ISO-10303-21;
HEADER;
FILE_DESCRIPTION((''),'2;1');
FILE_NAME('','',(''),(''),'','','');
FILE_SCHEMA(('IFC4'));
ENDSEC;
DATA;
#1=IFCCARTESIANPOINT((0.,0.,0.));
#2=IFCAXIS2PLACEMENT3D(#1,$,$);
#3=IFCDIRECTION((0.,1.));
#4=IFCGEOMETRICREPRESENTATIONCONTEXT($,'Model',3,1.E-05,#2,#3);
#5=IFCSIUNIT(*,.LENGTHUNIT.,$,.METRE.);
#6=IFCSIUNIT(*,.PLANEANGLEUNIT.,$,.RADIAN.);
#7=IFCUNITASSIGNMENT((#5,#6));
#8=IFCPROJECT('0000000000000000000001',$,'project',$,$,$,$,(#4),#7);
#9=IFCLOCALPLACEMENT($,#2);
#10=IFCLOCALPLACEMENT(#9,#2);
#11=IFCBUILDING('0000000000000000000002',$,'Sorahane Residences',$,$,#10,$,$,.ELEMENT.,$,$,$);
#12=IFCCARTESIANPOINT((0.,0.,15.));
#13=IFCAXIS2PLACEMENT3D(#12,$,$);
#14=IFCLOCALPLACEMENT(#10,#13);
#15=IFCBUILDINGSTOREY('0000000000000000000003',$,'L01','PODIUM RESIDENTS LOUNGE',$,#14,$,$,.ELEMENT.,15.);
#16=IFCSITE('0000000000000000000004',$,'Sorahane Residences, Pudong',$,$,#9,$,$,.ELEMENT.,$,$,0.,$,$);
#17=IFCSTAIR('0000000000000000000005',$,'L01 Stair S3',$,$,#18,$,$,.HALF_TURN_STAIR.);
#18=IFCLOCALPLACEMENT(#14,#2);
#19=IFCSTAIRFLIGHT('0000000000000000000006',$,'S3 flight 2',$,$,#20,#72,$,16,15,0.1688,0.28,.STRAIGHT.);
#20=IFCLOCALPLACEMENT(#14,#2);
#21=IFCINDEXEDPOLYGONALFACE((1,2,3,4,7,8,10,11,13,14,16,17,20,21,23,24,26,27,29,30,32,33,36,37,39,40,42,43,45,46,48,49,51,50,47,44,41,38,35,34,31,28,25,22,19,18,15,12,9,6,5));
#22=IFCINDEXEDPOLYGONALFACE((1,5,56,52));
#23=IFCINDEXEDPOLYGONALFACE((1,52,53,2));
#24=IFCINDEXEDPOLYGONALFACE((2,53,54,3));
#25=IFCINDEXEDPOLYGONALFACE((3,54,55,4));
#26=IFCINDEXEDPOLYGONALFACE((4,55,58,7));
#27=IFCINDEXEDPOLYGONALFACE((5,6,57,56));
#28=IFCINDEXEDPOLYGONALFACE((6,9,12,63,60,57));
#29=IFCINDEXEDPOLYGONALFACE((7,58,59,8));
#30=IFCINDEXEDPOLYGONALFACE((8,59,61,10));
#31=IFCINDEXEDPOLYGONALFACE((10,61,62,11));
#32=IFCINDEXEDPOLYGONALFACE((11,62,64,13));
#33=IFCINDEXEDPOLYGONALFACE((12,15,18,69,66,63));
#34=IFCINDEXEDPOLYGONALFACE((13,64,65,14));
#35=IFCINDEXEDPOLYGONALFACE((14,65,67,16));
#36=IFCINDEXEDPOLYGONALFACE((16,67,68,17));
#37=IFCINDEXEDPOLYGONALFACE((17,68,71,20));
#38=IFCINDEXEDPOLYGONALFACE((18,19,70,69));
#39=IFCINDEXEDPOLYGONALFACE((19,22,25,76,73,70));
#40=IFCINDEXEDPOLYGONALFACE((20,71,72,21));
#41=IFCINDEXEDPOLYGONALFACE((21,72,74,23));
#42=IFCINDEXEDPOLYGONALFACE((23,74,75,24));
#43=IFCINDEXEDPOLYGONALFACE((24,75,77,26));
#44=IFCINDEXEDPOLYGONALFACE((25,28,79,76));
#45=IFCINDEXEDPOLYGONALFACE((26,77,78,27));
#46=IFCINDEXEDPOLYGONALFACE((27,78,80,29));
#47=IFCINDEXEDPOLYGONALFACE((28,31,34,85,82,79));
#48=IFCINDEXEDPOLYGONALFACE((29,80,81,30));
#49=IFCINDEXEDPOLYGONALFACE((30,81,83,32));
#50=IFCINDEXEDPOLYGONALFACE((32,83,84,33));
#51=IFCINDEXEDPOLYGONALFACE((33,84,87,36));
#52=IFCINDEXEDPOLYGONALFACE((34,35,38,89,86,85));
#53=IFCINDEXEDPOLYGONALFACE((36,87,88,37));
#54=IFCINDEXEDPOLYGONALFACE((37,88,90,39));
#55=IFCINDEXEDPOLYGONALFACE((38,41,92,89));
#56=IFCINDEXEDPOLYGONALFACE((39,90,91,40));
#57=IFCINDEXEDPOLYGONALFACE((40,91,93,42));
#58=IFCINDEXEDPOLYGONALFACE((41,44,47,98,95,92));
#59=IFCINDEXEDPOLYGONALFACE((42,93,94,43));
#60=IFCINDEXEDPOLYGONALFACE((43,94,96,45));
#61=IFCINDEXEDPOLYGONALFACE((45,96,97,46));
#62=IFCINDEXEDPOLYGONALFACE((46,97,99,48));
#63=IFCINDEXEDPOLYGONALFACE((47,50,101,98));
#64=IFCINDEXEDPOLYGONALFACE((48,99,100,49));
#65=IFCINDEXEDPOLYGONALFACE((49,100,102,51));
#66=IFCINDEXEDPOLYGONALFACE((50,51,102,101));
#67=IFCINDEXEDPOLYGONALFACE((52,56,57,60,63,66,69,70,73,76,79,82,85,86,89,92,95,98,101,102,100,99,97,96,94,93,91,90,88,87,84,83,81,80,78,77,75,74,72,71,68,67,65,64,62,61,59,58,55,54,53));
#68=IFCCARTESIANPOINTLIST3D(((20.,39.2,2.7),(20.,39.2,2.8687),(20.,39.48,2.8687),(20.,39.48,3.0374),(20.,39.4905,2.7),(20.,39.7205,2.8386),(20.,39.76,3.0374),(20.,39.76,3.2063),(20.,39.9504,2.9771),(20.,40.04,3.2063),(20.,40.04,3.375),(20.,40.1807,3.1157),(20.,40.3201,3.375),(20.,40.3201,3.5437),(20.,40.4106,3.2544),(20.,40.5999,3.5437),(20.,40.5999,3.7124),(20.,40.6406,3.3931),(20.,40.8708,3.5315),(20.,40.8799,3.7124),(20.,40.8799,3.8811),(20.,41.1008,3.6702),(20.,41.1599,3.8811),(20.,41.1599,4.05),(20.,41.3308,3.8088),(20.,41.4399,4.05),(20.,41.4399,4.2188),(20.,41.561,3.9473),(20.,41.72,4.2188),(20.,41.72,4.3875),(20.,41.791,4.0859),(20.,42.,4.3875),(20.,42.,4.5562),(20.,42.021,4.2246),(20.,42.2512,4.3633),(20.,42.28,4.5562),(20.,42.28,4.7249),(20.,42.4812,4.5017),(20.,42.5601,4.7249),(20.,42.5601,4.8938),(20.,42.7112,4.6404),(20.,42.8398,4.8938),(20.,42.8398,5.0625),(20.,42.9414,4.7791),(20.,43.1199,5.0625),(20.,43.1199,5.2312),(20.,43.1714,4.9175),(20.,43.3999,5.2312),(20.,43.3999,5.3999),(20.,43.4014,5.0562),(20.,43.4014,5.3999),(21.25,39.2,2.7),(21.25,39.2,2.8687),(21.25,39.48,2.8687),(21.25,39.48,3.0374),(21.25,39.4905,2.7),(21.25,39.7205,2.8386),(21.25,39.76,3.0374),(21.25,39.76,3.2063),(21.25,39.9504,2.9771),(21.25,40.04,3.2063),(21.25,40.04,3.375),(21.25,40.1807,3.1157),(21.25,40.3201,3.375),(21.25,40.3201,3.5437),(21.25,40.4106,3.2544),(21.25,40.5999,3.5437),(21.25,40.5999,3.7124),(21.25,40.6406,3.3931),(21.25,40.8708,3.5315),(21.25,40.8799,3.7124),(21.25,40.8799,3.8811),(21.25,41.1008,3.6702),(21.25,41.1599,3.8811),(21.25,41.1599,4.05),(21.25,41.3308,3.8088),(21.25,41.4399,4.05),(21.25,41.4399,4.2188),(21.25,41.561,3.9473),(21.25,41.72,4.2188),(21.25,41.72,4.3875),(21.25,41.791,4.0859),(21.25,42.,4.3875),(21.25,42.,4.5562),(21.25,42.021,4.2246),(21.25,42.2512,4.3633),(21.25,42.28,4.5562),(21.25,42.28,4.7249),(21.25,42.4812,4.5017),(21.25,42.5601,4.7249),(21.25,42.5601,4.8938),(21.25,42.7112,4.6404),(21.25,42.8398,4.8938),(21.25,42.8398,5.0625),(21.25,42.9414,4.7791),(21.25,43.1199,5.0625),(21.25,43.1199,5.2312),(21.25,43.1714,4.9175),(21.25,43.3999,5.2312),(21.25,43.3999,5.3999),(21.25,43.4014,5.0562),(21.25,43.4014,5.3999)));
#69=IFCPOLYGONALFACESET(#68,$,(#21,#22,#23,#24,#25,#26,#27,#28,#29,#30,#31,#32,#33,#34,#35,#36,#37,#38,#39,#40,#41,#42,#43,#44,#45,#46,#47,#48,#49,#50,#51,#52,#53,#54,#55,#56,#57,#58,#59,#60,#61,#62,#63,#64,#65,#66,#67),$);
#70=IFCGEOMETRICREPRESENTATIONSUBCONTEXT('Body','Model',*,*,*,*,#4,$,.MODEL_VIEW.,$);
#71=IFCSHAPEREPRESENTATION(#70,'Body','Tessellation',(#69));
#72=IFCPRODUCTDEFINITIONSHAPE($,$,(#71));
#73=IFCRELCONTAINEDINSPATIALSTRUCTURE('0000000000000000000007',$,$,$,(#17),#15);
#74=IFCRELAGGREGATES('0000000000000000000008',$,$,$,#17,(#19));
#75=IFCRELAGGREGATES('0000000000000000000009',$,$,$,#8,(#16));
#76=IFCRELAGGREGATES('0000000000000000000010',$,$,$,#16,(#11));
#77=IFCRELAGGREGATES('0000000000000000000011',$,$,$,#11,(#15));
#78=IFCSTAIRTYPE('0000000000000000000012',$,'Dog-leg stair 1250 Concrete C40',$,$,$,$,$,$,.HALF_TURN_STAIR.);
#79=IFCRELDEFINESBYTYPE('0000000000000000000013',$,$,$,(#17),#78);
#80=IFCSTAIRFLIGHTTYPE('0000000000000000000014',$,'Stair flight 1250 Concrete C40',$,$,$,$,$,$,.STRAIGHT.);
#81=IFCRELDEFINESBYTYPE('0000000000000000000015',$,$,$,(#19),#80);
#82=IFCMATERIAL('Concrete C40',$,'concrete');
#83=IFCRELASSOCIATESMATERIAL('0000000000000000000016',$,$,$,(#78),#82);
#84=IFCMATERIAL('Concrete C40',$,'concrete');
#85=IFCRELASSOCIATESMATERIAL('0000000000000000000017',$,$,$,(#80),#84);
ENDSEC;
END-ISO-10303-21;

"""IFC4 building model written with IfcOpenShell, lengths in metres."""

from ifc_helpers import new_model, si_unit, direction, frame, origin, place, context, subcontext, project, spatial, polyline, outline, extrude, material, type_object, element, aggregate, save


model = new_model("IFC4")

# Units and contexts
model_context = context("Model", 3, precision=1e-05, world=origin(), true_north=direction((0.0, 1.0)))
body_context = subcontext(model_context, "Body", "Model", "MODEL_VIEW")
ifc_project = project(units=[si_unit("LENGTHUNIT", "METRE"), si_unit("PLANEANGLEUNIT", "RADIAN")], contexts=[model_context])

# Site, building, storey
site_placement = place(None, origin())
site = spatial("IfcSite", under=ifc_project, at=site_placement, Name="Sorahane Residences, Pudong", CompositionType="ELEMENT", RefElevation=0.0)
building_placement = place(site_placement, origin())
building = spatial("IfcBuilding", under=site, at=building_placement, Name="Sorahane Residences", CompositionType="ELEMENT")
storey_placement = place(building_placement, frame((0.0, 0.0, 15.0)))
storey = spatial("IfcBuildingStorey", under=building, at=storey_placement, Name="L01", Description="PODIUM RESIDENTS LOUNGE", CompositionType="ELEMENT", Elevation=15.0)

# Stair, stair flight
ifc_material_1 = material(Name="Concrete C40", Category="concrete")
stair_type = type_object("IfcStairType", Name="Dog-leg stair 1250 Concrete C40", PredefinedType="HALF_TURN_STAIR", material=ifc_material_1)
stair_placement = place(storey_placement, origin())
stair = element("IfcStair", 1, at=stair_placement, inside=storey, type_object=stair_type, Name="L01 Stair S3", PredefinedType="HALF_TURN_STAIR")
ifc_material_2 = material(Name="Concrete C40", Category="concrete")
stair_flight_type = type_object("IfcStairFlightType", Name="Stair flight 1250 Concrete C40", PredefinedType="STRAIGHT", material=ifc_material_2)
stair_flight_1_placement = place(storey_placement, frame((20.625, 39.2, 2.7), z_axis=(0.0, 0.0, 1.0), x_axis=(0.0, 1.0, 0.0)))
stair_flight_1 = element("IfcStairFlight", 2, at=stair_flight_1_placement, type_object=stair_flight_type, Name="S3 flight 2", NumberOfRisers=16, NumberOfTreads=15, PredefinedType="STRAIGHT", RiserHeight=0.1688, TreadLength=0.28, context=body_context, shape_type="SweptSolid", body=[
    extrude(outline(polyline([(0.0, 0.0), (0.0, 0.1687), (0.28, 0.1687), (0.28, 0.3374), (0.5601, 0.3374), (0.5601, 0.5063), (0.8401, 0.5063), (0.8401, 0.675), (1.1201, 0.675), (1.1201, 0.8438), (1.3999, 0.8438), (1.3999, 1.0125), (1.6799, 1.0125), (1.6799, 1.1812), (1.96, 1.1812), (1.96, 1.3501), (2.24, 1.3501), (2.24, 1.5188), (2.52, 1.5188), (2.52, 1.6875), (2.8, 1.6875), (2.8, 1.8562), (3.0801, 1.8562), (3.0801, 2.0249), (3.3601, 2.0249), (3.3601, 2.1938), (3.6399, 2.1938), (3.6399, 2.3625), (3.9199, 2.3625), (3.9199, 2.5312), (4.2, 2.5312), (4.2, 2.7), (4.2014, 2.7), (4.2014, 2.3562), (3.9714, 2.2175), (3.7415, 2.0791), (3.5112, 1.9404), (3.2812, 1.8018), (3.0513, 1.6633), (2.821, 1.5247), (2.5911, 1.386), (2.3611, 1.2473), (2.1309, 1.1089), (1.9009, 0.9702), (1.6709, 0.8315), (1.4407, 0.6931), (1.2107, 0.5544), (0.9807, 0.4158), (0.7505, 0.2771), (0.5205, 0.1387), (0.2905, 0.0), (0.0, 0.0)])), frame((0.0, 0.625, 0.0), z_axis=(0.0, -1.0, 0.0), x_axis=(1.0, 0.0, 0.0)), (0.0, 0.0, 1.0), 1.25),
])
aggregate(stair, [stair_flight_1])

save(model, "model.ifc")
